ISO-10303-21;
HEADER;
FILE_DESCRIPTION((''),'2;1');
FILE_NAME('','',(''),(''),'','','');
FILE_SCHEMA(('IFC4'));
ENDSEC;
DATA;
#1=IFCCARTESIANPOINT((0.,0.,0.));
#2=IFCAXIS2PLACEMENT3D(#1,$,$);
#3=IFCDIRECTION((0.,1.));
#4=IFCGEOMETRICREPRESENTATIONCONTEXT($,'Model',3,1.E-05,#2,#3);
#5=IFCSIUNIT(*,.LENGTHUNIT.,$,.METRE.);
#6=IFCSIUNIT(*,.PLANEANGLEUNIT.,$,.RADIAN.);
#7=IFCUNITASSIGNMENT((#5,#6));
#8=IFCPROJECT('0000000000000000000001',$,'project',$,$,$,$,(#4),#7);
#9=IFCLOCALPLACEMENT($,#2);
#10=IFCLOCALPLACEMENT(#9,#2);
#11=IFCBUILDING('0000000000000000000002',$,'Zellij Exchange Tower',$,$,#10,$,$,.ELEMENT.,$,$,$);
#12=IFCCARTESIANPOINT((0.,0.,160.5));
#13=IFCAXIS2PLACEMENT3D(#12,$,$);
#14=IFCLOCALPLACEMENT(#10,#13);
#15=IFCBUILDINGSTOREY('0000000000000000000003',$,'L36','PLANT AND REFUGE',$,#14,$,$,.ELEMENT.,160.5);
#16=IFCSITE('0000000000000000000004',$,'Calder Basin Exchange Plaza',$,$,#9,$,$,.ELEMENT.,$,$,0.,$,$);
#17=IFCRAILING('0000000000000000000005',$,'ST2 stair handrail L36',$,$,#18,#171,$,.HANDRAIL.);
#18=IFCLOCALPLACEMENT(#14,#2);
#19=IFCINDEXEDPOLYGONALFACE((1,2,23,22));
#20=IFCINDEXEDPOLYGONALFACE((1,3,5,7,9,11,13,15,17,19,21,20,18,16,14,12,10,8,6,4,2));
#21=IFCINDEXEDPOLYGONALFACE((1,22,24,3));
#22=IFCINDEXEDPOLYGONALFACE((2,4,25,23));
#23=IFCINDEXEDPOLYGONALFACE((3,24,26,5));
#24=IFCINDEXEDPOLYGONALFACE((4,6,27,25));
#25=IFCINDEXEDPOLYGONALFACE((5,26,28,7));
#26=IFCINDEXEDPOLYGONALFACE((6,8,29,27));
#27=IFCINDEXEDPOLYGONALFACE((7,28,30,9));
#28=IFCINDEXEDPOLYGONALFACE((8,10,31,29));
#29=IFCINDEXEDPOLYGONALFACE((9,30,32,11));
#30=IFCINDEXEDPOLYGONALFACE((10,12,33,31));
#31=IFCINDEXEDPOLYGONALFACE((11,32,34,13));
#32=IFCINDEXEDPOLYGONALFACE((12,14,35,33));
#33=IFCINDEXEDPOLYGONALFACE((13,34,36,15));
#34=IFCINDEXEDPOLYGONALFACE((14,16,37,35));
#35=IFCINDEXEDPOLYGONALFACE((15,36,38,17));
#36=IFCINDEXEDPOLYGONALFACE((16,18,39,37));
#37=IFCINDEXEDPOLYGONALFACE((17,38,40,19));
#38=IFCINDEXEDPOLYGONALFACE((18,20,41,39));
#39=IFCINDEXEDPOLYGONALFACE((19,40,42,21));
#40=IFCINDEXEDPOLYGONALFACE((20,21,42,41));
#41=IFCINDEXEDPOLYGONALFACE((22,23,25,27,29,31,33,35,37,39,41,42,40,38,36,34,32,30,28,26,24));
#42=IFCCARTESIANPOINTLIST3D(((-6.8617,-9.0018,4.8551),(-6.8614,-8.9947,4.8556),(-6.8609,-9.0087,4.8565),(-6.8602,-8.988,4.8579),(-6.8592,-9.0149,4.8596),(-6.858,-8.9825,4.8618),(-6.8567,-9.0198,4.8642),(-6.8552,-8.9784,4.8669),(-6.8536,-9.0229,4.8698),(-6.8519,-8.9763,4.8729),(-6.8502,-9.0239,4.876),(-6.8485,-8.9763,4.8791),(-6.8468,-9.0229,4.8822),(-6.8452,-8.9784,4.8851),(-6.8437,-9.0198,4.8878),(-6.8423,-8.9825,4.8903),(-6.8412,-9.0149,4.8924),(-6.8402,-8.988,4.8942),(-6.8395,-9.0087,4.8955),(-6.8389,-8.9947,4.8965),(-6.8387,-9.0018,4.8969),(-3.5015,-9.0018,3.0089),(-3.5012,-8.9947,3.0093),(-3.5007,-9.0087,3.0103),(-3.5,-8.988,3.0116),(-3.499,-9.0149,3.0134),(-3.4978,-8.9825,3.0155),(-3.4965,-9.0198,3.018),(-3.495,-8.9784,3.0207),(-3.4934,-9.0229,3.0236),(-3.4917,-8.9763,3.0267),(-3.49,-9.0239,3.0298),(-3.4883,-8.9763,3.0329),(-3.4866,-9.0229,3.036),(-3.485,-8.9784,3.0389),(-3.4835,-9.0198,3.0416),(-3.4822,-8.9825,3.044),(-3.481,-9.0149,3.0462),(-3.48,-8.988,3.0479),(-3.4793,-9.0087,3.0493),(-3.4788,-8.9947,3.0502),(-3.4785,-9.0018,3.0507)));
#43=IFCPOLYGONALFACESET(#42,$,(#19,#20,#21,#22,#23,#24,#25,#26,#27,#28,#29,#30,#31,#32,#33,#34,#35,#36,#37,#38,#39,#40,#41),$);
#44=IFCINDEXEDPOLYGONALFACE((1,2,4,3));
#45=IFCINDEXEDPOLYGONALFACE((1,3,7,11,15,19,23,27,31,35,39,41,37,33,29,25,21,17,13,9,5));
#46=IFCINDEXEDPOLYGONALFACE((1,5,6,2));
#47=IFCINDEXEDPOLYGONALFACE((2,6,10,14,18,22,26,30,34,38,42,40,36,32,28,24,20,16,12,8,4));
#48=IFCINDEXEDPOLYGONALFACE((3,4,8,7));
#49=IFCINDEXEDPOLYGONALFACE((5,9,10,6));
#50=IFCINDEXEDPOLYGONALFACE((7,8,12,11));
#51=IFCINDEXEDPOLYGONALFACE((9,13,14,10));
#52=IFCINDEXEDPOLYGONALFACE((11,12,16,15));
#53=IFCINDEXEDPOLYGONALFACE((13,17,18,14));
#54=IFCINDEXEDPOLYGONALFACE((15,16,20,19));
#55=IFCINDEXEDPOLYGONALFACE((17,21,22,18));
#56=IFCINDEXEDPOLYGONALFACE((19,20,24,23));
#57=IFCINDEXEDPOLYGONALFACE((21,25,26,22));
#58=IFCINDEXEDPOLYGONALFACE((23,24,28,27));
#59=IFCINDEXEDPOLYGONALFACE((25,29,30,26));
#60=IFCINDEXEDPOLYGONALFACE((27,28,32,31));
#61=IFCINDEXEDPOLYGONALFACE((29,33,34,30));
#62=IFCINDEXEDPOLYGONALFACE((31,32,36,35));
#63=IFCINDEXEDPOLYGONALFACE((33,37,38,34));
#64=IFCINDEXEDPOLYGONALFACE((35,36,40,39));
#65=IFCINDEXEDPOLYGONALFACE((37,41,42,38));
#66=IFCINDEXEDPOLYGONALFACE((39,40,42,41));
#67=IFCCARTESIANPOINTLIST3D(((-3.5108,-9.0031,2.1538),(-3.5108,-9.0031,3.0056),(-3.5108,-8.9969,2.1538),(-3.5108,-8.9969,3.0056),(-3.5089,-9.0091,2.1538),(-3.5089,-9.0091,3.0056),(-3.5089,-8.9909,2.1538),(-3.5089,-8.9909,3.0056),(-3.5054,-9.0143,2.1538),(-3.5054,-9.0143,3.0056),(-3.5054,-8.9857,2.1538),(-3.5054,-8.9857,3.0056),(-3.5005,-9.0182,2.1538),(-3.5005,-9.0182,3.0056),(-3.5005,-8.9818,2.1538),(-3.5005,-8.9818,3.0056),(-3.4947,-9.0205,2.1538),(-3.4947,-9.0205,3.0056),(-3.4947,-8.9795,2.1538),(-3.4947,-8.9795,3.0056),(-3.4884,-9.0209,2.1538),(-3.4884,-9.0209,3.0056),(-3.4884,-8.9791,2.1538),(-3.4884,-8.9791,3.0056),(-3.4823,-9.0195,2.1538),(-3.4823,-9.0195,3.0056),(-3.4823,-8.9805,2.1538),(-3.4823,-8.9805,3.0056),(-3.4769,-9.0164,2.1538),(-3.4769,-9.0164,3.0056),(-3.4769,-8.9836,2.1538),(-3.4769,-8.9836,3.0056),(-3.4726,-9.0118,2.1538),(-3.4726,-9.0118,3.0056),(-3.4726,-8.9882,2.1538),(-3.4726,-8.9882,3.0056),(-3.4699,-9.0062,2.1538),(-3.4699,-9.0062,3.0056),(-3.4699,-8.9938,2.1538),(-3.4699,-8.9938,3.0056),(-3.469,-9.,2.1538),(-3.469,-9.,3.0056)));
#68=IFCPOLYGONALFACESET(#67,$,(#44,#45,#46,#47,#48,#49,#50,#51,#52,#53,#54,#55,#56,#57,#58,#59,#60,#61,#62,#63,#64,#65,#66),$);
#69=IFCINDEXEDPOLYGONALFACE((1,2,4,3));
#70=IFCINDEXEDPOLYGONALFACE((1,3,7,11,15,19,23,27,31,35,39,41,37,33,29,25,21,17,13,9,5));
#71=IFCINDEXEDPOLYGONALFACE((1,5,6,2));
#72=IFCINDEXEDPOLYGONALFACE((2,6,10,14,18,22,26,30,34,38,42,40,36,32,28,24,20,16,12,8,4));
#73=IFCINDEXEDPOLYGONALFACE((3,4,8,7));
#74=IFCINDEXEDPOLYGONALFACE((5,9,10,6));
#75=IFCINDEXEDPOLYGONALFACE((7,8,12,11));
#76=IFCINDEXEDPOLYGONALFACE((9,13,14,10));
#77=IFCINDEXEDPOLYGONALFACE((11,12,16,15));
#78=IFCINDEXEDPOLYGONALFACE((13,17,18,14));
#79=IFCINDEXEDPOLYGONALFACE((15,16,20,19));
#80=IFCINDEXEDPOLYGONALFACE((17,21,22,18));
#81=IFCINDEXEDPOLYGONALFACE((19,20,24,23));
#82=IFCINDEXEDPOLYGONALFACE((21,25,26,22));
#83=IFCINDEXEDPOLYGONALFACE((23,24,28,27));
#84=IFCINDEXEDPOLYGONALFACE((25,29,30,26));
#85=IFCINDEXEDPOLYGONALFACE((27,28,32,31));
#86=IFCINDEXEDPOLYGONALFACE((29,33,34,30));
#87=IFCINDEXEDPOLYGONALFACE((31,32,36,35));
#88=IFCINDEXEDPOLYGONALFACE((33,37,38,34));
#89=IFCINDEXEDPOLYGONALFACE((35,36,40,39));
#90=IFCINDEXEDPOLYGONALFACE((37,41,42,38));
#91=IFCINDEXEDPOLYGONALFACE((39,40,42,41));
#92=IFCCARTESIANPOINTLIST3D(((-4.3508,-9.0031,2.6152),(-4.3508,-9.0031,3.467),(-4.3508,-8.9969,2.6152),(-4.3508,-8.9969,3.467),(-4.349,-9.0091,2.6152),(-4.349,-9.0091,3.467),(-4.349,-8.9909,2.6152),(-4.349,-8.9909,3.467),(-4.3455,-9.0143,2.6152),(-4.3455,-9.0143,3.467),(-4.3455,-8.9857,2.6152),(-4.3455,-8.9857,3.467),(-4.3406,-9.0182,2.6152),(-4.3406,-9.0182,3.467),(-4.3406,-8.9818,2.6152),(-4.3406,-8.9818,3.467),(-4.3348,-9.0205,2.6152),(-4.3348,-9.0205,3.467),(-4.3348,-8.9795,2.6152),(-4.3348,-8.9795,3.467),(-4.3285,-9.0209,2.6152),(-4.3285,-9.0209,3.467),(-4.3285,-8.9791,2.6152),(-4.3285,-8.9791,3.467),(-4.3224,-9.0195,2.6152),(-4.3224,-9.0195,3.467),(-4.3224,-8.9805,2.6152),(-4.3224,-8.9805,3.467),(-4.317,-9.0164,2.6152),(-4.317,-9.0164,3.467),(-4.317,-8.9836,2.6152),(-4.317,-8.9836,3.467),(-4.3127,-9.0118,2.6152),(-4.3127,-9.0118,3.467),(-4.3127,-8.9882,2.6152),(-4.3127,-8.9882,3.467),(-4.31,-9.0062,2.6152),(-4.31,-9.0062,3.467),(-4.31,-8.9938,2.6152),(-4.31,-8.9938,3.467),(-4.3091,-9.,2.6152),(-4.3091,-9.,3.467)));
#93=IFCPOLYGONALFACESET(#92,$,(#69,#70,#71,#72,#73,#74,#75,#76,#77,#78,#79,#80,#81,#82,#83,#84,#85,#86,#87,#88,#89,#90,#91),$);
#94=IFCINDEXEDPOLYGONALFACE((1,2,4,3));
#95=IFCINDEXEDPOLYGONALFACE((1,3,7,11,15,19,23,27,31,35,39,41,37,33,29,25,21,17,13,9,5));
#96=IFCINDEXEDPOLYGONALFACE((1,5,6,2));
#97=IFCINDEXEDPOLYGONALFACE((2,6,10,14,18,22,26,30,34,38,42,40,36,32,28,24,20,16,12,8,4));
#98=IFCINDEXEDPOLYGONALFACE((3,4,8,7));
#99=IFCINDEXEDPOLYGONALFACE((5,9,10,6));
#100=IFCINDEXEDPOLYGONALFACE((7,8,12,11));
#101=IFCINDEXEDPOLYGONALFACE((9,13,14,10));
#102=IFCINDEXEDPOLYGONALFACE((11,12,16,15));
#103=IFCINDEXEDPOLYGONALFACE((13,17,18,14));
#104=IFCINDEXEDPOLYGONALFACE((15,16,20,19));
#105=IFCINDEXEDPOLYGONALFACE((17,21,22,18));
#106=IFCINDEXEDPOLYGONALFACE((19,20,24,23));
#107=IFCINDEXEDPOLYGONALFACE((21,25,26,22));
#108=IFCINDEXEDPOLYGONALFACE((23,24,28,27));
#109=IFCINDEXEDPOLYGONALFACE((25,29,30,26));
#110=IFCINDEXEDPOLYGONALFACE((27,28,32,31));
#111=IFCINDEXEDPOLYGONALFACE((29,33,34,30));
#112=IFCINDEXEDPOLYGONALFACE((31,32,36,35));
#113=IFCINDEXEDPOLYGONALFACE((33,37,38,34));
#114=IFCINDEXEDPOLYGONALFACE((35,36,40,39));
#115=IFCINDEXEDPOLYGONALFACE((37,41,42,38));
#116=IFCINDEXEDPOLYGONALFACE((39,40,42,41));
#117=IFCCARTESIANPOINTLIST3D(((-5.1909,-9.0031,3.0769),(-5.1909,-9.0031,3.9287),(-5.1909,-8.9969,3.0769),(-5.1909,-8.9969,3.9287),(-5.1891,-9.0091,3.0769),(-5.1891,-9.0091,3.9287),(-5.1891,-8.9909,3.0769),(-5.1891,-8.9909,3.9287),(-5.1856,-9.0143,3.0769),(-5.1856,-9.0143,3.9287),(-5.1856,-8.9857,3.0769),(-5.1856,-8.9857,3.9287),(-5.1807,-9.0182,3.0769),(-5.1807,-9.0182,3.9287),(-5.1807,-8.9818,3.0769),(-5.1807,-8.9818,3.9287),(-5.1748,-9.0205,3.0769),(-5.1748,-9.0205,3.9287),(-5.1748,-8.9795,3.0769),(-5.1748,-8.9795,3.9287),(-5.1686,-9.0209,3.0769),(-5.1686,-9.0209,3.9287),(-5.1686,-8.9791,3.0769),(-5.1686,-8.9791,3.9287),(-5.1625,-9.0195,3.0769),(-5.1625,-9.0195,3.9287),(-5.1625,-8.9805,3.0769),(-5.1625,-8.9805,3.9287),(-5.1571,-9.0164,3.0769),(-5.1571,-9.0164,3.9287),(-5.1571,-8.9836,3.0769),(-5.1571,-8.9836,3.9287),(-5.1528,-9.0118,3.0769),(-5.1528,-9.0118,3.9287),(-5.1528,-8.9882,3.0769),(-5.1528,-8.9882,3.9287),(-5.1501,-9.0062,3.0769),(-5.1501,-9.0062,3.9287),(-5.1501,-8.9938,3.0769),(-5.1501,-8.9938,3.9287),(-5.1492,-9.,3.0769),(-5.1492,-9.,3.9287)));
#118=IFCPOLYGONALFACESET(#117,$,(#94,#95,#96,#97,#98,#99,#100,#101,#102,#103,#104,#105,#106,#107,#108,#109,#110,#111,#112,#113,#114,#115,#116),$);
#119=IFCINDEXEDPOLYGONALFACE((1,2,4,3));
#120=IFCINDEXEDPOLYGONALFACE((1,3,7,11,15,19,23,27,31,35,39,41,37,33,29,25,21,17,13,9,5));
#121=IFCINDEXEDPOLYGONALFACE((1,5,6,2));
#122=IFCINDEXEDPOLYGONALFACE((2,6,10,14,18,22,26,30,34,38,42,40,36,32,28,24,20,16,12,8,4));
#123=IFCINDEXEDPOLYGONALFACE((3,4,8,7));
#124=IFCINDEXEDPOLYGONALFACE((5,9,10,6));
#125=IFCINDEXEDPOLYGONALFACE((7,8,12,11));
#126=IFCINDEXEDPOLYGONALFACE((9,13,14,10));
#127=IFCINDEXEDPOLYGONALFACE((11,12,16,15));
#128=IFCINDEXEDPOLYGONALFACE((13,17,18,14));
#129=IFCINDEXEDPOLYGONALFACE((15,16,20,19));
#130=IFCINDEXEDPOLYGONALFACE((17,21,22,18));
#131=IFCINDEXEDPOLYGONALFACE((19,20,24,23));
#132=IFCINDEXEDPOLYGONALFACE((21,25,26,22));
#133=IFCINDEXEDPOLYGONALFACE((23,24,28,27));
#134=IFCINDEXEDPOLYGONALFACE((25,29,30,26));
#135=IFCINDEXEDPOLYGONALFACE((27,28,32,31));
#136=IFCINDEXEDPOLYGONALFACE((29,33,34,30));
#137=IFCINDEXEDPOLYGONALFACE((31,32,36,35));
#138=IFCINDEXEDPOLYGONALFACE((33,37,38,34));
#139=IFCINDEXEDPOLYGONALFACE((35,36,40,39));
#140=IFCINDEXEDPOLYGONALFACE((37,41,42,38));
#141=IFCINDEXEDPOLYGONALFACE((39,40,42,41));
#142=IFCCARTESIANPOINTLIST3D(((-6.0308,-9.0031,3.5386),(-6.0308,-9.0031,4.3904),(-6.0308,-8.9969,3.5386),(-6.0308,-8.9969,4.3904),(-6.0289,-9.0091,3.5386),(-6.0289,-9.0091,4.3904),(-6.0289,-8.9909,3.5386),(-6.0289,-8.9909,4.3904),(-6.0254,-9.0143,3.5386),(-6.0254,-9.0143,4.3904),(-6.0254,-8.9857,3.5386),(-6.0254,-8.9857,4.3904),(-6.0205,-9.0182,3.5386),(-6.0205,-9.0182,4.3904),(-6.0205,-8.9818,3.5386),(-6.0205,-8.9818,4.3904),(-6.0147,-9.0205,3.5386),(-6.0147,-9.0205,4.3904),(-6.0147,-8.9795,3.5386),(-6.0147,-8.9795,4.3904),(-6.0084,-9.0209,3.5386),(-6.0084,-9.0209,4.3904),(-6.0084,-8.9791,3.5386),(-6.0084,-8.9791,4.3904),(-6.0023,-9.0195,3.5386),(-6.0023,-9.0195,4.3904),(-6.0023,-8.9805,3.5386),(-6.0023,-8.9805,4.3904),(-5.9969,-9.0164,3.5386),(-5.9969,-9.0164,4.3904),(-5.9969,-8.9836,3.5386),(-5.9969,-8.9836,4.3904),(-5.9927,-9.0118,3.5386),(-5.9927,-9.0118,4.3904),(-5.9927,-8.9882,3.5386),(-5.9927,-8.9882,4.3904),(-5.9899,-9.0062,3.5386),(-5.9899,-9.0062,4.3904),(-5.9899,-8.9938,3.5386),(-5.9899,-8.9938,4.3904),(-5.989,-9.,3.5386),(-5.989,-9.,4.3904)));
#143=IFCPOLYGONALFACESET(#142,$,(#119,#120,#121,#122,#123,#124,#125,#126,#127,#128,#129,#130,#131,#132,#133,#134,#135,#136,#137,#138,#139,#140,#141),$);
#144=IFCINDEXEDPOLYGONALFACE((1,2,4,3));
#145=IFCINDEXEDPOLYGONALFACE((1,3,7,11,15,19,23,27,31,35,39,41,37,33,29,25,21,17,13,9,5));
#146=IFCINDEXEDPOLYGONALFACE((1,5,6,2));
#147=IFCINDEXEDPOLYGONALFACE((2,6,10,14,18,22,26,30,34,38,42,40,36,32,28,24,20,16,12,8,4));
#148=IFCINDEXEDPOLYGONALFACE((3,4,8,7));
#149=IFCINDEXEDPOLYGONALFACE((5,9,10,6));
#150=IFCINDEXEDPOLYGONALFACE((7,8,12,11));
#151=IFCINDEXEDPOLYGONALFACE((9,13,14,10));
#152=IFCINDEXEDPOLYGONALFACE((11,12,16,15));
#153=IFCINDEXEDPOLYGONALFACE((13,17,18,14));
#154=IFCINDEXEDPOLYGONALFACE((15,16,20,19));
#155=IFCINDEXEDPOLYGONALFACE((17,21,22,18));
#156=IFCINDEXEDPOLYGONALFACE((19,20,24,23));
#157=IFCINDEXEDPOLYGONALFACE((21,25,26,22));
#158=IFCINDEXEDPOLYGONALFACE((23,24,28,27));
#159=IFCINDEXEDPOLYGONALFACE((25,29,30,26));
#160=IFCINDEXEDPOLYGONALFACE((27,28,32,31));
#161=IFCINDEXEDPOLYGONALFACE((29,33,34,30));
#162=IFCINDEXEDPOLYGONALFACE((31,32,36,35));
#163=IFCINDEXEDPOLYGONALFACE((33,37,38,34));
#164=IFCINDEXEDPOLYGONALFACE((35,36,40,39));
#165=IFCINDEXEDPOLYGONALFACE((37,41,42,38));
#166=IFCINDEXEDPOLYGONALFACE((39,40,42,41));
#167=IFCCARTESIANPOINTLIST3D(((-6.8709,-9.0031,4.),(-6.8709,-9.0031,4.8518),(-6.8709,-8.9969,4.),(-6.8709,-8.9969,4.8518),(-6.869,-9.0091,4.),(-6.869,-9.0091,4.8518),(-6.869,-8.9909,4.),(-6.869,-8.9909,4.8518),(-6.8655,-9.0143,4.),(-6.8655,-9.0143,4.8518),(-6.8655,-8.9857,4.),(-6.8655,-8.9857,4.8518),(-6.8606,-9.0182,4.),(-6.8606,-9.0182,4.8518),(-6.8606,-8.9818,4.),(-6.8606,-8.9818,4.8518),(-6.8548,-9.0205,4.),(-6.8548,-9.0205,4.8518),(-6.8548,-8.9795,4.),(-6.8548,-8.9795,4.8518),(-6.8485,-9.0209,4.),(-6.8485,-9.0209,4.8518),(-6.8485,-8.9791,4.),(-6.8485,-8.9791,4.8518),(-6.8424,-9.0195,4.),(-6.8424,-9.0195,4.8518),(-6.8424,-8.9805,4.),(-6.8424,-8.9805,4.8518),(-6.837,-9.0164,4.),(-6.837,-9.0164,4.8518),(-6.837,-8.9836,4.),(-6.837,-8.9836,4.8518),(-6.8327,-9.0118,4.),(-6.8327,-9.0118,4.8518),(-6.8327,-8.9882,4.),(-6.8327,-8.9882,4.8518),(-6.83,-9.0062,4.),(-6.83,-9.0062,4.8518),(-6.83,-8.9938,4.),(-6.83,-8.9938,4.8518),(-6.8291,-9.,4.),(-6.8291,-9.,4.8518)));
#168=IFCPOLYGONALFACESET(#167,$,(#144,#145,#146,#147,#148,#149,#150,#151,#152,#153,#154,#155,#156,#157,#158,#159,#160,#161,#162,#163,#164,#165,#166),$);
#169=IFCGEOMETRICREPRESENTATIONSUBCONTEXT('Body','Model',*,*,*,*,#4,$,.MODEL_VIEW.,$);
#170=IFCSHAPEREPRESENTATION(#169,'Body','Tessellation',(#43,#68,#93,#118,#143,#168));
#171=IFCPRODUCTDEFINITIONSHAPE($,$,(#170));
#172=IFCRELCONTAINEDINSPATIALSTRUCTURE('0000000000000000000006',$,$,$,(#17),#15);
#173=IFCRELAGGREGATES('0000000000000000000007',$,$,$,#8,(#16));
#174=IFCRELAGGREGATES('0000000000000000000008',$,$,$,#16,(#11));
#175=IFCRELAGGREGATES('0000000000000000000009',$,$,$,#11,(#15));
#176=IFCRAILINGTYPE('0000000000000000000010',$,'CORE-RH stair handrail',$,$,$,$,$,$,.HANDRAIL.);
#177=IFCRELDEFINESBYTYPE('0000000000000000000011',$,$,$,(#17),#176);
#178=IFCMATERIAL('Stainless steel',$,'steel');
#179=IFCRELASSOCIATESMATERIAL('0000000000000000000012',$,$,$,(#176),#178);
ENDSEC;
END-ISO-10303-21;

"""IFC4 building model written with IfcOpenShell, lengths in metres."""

from ifc_helpers import new_model, si_unit, direction, frame, origin, origin_2d, place, context, subcontext, project, spatial, circle, extrude, material, type_object, element, save


model = new_model("IFC4")

# Units and contexts
model_context = context("Model", 3, precision=1e-05, world=origin(), true_north=direction((0.0, 1.0)))
body_context = subcontext(model_context, "Body", "Model", "MODEL_VIEW")
ifc_project = project(units=[si_unit("LENGTHUNIT", "METRE"), si_unit("PLANEANGLEUNIT", "RADIAN")], contexts=[model_context])

# Site, building, storey
site_placement = place(None, origin())
site = spatial("IfcSite", under=ifc_project, at=site_placement, Name="Calder Basin Exchange Plaza", CompositionType="ELEMENT", RefElevation=0.0)
building_placement = place(site_placement, origin())
building = spatial("IfcBuilding", under=site, at=building_placement, Name="Zellij Exchange Tower", CompositionType="ELEMENT")
storey_placement = place(building_placement, frame((0.0, 0.0, 160.5)))
storey = spatial("IfcBuildingStorey", under=building, at=storey_placement, Name="L36", Description="PLANT AND REFUGE", CompositionType="ELEMENT", Elevation=160.5)

# Railing
ifc_material_1 = material(Name="Stainless steel", Category="steel")
railing_type_1 = type_object("IfcRailingType", Name="CORE-RH stair handrail", PredefinedType="HANDRAIL", material=ifc_material_1)
railing_1_placement = place(storey_placement, frame((-3.49, -9.0, 2.1538)))
element("IfcRailing", 1, at=railing_1_placement, inside=storey, type_object=railing_type_1, Name="ST2 stair handrail L36", PredefinedType="HANDRAIL", context=body_context, shape_type="SweptSolid", body=[
    extrude(circle(Radius=0.0239, at=origin_2d()), frame((0.0, 0.0, 0.876), z_axis=(-0.876422, 0.0, 0.481545), x_axis=(0.0, -1.0, 0.0)), (0.0, 0.0, 1.0), 3.834),
    extrude(circle(Radius=0.021, at=origin_2d()), origin(), (0.0, 0.0, 1.0), 0.8518),
    extrude(circle(Radius=0.021, at=origin_2d()), frame((-0.8401, 0.0, 0.4614)), (0.0, 0.0, 1.0), 0.8518),
    extrude(circle(Radius=0.021, at=origin_2d()), frame((-1.6802, 0.0, 0.9231)), (0.0, 0.0, 1.0), 0.8518),
    extrude(circle(Radius=0.021, at=origin_2d()), frame((-2.52, 0.0, 1.3848)), (0.0, 0.0, 1.0), 0.8518),
    extrude(circle(Radius=0.021, at=origin_2d()), frame((-3.3601, 0.0, 1.8462)), (0.0, 0.0, 1.0), 0.8518),
])

save(model, "model.ifc")
